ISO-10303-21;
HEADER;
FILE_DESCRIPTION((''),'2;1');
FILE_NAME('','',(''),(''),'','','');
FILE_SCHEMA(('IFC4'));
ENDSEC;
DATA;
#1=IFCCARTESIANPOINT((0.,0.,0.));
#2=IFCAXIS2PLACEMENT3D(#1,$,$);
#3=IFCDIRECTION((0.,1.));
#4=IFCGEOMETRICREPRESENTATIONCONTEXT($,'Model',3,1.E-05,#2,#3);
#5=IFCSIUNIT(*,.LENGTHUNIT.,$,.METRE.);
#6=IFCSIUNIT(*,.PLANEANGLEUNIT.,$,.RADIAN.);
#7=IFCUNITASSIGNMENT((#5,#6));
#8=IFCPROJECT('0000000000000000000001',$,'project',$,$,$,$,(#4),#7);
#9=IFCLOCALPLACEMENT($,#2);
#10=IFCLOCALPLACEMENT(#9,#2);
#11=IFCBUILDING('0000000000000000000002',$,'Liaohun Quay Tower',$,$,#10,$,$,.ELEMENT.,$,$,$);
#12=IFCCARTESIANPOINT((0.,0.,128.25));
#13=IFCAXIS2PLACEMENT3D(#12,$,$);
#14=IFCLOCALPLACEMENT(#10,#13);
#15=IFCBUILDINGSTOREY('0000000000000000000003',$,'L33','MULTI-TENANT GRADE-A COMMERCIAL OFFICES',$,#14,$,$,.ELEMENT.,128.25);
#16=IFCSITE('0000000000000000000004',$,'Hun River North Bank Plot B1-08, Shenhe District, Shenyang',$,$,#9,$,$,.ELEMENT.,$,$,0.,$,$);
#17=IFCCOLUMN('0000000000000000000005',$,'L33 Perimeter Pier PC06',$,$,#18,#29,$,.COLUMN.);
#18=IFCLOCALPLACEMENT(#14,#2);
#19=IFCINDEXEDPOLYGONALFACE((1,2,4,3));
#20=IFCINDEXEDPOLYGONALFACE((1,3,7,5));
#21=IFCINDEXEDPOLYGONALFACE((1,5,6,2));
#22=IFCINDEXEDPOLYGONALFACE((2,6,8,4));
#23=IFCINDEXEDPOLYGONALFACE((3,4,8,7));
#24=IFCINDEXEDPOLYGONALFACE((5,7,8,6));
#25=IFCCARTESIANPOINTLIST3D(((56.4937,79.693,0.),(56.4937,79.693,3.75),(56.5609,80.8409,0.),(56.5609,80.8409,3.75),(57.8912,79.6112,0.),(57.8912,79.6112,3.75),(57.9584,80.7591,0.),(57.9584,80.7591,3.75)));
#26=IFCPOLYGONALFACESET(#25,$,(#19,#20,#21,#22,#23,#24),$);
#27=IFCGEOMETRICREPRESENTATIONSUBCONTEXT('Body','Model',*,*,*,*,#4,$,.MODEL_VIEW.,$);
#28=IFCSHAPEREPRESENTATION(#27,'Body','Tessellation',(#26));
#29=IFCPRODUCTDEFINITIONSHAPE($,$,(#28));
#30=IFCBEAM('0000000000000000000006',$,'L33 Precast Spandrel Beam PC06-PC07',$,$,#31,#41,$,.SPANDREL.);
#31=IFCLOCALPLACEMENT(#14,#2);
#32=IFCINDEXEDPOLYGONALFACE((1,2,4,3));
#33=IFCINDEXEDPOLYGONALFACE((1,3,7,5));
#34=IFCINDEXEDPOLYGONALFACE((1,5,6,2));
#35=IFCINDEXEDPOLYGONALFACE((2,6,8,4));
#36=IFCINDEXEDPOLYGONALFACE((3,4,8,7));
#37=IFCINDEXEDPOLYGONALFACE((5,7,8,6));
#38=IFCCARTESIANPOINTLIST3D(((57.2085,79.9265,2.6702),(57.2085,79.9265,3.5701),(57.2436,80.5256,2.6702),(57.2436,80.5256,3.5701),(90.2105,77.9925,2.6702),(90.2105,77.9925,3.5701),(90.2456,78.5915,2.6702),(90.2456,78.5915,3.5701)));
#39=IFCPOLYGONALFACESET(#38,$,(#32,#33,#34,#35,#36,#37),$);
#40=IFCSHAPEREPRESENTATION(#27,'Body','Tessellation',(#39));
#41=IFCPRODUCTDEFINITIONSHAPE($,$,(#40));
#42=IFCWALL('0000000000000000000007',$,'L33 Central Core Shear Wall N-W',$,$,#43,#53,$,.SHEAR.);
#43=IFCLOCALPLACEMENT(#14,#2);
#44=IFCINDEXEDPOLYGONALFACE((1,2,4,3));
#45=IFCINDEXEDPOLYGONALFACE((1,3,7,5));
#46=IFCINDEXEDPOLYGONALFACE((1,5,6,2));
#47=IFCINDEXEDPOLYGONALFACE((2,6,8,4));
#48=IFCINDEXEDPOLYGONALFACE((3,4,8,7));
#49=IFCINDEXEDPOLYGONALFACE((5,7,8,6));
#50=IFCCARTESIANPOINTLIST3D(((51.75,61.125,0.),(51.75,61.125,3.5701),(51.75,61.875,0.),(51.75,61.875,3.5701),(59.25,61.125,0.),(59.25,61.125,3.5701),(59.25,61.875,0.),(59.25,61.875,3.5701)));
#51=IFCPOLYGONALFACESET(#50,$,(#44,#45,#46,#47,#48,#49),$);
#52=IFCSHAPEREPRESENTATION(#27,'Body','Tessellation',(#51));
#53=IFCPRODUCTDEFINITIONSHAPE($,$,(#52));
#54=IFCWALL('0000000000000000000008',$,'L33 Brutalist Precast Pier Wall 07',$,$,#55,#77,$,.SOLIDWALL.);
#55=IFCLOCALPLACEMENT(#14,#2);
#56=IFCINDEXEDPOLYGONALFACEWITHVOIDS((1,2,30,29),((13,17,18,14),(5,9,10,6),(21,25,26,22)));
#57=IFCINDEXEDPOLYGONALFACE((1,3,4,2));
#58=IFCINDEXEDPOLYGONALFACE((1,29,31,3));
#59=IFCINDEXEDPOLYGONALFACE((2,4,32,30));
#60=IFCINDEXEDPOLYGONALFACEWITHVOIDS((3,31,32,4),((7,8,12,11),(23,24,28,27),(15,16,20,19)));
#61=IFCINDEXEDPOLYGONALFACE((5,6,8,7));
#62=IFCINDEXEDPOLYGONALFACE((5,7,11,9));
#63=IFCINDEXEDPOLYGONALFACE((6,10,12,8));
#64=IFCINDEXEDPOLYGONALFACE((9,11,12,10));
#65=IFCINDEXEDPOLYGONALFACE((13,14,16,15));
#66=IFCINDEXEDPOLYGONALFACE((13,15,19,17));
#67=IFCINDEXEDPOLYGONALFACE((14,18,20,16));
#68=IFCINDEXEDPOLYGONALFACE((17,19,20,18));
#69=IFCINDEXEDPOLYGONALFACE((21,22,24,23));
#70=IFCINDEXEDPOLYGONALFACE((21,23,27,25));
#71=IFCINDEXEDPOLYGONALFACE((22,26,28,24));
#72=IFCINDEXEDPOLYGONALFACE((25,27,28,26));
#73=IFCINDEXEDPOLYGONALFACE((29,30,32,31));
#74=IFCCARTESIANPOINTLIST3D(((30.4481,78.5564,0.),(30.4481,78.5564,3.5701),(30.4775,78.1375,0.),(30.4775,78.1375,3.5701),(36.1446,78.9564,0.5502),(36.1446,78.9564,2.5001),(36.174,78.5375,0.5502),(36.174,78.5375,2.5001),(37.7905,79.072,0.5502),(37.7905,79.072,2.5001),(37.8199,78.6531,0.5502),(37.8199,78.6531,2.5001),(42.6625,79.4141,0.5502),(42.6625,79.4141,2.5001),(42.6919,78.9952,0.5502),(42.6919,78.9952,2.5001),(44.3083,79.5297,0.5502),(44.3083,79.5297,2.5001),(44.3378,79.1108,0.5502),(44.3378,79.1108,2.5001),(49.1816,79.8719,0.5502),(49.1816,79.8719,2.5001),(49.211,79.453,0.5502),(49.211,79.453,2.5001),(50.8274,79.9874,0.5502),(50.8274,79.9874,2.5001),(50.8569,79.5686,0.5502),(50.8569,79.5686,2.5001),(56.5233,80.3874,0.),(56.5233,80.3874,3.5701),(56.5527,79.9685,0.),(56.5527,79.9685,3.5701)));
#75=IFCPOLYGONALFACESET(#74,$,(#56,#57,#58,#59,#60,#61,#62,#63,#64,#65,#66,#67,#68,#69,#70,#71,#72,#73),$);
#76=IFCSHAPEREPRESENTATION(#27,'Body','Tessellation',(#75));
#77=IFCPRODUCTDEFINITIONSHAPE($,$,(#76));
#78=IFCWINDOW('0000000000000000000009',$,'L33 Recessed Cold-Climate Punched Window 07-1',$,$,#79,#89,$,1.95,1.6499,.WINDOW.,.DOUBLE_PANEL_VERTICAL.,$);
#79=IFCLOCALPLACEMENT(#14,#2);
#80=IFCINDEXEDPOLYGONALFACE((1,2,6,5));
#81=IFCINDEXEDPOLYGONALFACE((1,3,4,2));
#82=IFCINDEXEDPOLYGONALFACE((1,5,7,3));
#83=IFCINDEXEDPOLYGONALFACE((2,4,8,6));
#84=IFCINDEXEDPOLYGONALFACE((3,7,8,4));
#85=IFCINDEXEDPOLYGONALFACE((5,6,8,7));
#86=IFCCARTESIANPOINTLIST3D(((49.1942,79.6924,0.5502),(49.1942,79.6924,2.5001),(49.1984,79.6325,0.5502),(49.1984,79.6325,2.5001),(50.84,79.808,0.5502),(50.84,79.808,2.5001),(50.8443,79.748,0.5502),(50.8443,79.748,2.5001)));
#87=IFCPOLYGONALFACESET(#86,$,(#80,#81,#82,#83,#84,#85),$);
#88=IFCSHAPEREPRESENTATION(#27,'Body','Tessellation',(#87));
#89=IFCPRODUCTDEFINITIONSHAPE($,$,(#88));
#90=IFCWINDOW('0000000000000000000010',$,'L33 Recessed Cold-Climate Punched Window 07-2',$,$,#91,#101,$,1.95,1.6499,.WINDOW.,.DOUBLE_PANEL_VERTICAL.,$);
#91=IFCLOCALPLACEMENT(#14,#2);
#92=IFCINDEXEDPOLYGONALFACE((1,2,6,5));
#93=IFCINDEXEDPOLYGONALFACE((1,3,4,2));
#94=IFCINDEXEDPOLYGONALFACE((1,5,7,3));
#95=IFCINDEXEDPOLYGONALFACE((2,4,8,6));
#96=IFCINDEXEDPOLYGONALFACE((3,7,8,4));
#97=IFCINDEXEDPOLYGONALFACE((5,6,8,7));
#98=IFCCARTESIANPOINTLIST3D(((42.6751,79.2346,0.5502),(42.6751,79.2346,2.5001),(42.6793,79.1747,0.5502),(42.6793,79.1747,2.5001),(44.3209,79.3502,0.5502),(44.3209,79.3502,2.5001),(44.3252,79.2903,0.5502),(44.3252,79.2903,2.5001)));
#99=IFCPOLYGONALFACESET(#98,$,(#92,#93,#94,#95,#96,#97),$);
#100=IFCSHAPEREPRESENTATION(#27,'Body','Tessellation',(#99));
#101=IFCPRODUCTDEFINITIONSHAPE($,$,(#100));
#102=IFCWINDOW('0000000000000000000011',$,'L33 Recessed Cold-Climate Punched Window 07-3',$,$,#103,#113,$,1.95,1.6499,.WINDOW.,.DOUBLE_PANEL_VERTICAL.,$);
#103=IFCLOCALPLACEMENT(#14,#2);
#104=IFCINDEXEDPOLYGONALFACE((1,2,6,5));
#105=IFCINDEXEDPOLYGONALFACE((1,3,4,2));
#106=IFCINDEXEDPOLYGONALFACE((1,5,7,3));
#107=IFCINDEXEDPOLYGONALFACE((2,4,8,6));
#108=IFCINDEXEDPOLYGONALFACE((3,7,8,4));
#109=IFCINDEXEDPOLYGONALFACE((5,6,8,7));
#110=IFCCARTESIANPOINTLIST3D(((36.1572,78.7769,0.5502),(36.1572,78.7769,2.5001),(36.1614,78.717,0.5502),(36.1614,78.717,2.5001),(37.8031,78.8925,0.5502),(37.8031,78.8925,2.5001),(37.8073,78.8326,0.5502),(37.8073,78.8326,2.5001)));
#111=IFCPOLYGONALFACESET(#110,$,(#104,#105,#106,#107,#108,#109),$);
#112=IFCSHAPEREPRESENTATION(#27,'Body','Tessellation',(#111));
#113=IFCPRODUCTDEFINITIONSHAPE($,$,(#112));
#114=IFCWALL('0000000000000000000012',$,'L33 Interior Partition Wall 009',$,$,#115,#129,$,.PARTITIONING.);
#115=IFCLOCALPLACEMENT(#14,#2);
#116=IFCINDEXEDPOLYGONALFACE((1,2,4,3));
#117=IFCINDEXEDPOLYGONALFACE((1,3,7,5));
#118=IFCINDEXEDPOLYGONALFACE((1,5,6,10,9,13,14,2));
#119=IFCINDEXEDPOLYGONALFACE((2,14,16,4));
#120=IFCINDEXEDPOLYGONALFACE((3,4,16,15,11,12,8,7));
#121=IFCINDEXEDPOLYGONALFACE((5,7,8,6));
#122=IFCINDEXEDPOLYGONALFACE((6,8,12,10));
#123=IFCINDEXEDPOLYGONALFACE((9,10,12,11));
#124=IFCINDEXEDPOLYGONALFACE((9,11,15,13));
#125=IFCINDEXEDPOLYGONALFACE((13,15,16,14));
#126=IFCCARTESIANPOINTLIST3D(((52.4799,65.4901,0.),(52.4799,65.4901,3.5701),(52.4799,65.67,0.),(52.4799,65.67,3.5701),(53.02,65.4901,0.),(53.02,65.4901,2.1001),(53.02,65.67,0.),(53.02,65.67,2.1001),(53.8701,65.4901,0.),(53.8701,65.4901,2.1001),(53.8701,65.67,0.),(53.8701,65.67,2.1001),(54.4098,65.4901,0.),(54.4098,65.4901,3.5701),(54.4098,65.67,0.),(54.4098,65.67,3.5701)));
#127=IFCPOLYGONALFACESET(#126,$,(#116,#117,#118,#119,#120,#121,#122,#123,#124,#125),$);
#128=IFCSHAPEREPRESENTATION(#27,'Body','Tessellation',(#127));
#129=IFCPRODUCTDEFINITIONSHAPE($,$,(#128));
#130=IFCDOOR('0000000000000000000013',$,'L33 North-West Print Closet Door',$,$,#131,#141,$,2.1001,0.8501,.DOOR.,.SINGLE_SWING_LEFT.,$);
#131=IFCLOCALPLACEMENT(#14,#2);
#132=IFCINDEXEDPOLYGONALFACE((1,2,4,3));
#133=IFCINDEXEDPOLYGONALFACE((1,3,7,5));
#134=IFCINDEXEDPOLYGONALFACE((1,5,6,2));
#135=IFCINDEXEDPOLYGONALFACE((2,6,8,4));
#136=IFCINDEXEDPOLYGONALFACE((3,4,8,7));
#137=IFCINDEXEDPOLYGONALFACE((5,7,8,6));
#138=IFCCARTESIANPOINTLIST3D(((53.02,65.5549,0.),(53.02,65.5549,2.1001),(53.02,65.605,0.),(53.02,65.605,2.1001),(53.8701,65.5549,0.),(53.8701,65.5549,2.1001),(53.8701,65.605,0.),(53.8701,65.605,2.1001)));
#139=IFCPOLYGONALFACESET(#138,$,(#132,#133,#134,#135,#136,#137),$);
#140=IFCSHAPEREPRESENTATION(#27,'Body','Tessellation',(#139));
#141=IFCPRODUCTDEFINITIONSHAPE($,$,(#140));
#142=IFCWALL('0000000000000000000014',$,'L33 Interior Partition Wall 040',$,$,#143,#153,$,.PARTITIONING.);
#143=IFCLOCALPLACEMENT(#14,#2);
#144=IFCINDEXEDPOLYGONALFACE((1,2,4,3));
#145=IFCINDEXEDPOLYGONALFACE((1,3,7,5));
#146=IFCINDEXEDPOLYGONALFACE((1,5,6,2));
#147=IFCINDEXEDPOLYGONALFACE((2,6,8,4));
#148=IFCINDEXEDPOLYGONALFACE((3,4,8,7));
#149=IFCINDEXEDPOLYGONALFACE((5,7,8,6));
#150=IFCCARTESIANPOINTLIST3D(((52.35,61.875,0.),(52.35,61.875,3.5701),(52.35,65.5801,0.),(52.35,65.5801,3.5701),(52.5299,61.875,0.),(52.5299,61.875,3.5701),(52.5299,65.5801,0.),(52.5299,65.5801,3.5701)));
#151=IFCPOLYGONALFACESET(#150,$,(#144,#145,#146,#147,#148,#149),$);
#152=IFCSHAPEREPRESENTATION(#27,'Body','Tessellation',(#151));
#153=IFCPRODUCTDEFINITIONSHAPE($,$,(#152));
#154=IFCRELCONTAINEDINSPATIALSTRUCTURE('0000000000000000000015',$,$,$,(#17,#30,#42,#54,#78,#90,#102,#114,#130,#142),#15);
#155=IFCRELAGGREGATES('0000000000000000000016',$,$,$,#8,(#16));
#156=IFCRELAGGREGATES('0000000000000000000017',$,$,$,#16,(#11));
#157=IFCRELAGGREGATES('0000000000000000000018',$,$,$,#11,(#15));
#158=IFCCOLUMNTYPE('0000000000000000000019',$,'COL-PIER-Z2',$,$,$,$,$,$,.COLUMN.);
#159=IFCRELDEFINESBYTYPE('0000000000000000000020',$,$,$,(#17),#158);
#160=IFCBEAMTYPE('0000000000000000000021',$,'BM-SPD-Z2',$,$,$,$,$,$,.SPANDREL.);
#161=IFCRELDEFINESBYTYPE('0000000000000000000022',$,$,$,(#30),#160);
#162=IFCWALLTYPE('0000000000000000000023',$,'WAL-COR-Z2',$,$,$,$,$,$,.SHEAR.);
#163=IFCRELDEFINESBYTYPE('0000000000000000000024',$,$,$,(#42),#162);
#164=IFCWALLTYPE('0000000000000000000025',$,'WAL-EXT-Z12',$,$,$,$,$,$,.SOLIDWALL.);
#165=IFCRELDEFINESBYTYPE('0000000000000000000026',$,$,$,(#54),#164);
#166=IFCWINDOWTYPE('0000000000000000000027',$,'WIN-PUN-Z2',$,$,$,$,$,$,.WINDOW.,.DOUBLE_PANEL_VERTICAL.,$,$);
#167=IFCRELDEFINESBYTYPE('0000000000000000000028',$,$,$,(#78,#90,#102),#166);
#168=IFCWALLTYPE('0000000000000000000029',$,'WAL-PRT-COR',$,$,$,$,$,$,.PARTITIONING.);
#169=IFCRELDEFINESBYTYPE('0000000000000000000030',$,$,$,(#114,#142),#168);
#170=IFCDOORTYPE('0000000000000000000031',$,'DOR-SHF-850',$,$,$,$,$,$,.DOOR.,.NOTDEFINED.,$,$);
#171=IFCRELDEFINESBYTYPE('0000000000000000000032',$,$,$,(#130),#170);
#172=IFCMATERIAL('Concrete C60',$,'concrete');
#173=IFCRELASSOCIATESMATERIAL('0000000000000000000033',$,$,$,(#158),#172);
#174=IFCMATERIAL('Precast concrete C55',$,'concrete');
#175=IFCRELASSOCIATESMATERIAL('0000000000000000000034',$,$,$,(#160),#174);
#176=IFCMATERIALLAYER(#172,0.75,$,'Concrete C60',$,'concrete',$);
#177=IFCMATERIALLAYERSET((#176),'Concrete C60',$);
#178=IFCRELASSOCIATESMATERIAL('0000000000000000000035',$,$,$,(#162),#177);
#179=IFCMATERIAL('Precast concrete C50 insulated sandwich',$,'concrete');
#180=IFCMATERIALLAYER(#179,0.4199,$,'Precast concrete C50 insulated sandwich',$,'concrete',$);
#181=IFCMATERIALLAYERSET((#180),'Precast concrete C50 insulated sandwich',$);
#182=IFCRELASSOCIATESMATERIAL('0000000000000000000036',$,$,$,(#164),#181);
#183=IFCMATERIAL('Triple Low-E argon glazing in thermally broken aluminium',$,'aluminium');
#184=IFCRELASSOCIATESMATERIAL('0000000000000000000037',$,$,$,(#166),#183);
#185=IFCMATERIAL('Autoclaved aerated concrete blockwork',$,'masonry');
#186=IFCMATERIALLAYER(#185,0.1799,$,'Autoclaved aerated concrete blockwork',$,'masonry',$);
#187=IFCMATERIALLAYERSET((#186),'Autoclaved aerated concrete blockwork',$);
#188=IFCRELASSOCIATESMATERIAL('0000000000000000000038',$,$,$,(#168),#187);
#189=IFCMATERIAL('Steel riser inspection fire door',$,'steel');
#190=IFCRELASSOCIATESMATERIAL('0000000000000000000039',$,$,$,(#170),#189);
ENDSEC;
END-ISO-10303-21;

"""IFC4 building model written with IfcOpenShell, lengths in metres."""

from ifc_helpers import new_model, si_unit, direction, frame, frame_2d, origin, origin_2d, place, context, subcontext, project, spatial, rectangle, extrude, source, transform, mapped, material, layer, layer_set, material_profile, profile_set, type_object, element, fill, save


model = new_model("IFC4")

# Units and contexts
model_context = context("Model", 3, precision=1e-05, world=origin(), true_north=direction((0.0, 1.0)))
body_context = subcontext(model_context, "Body", "Model", "MODEL_VIEW")
ifc_project = project(units=[si_unit("LENGTHUNIT", "METRE"), si_unit("PLANEANGLEUNIT", "RADIAN")], contexts=[model_context])

# Site, building, storey
site_placement = place(None, origin())
site = spatial("IfcSite", under=ifc_project, at=site_placement, Name="Hun River North Bank Plot B1-08, Shenhe District, Shenyang", CompositionType="ELEMENT", RefElevation=0.0)
building_placement = place(site_placement, origin())
building = spatial("IfcBuilding", under=site, at=building_placement, Name="Liaohun Quay Tower", CompositionType="ELEMENT")
storey_placement = place(building_placement, frame((0.0, 0.0, 128.25)))
storey = spatial("IfcBuildingStorey", under=building, at=storey_placement, Name="L33", Description="MULTI-TENANT GRADE-A COMMERCIAL OFFICES", CompositionType="ELEMENT", Elevation=128.25)

# Column
ifc_material_1 = material(Name="Concrete C60", Category="concrete")
ifc_material_profile_1 = material_profile(ifc_material_1, rectangle(XDim=1.3999, YDim=1.1499, at=origin_2d()), Name="RC1400x1150")
ifc_profile_set_1 = profile_set([ifc_material_profile_1], Name="Concrete C60")
column_type = type_object("IfcColumnType", Name="COL-PIER-Z2", PredefinedType="COLUMN", material=ifc_profile_set_1)
shared_shape_1 = source(origin(), body_context, "Body", "SweptSolid", [
    extrude(rectangle(XDim=1.3999, YDim=1.1499, at=origin_2d()), origin(), (0.0, 0.0, 1.0), 3.75),
])
column_placement = place(storey_placement, frame((57.2261, 80.2261, 0.0), z_axis=(0.0, 0.0, 1.0), x_axis=(-0.998291, 0.058435, 0.0)))
element("IfcColumn", 1, at=column_placement, inside=storey, type_object=column_type, Name="L33 Perimeter Pier PC06", PredefinedType="COLUMN", context=body_context, shape_type="MappedRepresentation", body=[
    mapped(shared_shape_1, transform((0.0, 0.0, 0.0), x_axis=(1.0, 0.0, 0.0), y_axis=(0.0, 1.0, 0.0), z_axis=(0.0, 0.0, 1.0), scale=1.0)),
])

# Beam
ifc_material_2 = material(Name="Precast concrete C55", Category="concrete")
ifc_material_profile_2 = material_profile(ifc_material_2, rectangle(XDim=0.6001, YDim=0.8999, at=origin_2d()), Name="RC600x900")
ifc_profile_set_2 = profile_set([ifc_material_profile_2], Name="Precast concrete C55")
beam_type = type_object("IfcBeamType", Name="BM-SPD-Z2", PredefinedType="SPANDREL", material=ifc_profile_set_2)
shared_shape_2 = source(origin(), body_context, "Body", "SweptSolid", [
    extrude(rectangle(XDim=0.6001, YDim=0.8999, at=origin_2d()), origin(), (0.0, 0.0, 1.0), 33.0586),
])
beam_placement = place(storey_placement, frame((57.2261, 80.2261, 3.1201), z_axis=(0.998287, -0.058505, 0.0), x_axis=(0.058505, 0.998287, 0.0)))
element("IfcBeam", 2, at=beam_placement, inside=storey, type_object=beam_type, Name="L33 Precast Spandrel Beam PC06-PC07", PredefinedType="SPANDREL", context=body_context, shape_type="MappedRepresentation", body=[
    mapped(shared_shape_2, transform((0.0, 0.0, 0.0), x_axis=(1.0, 0.0, 0.0), y_axis=(0.0, 1.0, 0.0), z_axis=(0.0, 0.0, 1.0), scale=1.0)),
])

# Wall
ifc_layer_1 = layer(ifc_material_1, 0.75, Name="Concrete C60", Category="concrete")
ifc_layer_set_1 = layer_set([ifc_layer_1], Name="Concrete C60")
wall_type_1 = type_object("IfcWallType", Name="WAL-COR-Z2", PredefinedType="SHEAR", material=ifc_layer_set_1)
wall_1_placement = place(storey_placement, frame((51.75, 61.5, 0.0), z_axis=(0.0, 0.0, 1.0), x_axis=(1.0, 0.0, 0.0)))
element("IfcWall", 3, at=wall_1_placement, inside=storey, type_object=wall_type_1, Name="L33 Central Core Shear Wall N-W", PredefinedType="SHEAR", context=body_context, shape_type="SweptSolid", body=[
    extrude(rectangle(XDim=7.5, YDim=0.75, at=frame_2d((3.75, 0.0))), origin(), (0.0, 0.0, 1.0), 3.5701),
])

# Wall, openings, windows
ifc_material_3 = material(Name="Precast concrete C50 insulated sandwich", Category="concrete")
ifc_layer_2 = layer(ifc_material_3, 0.4199, Name="Precast concrete C50 insulated sandwich", Category="concrete")
ifc_layer_set_2 = layer_set([ifc_layer_2], Name="Precast concrete C50 insulated sandwich")
wall_type_2 = type_object("IfcWallType", Name="WAL-EXT-Z12", PredefinedType="SOLIDWALL", material=ifc_layer_set_2)
wall_2_placement = place(storey_placement, frame((56.5381, 80.178, 0.0), z_axis=(0.0, 0.0, 1.0), x_axis=(-0.997544, -0.07005, 0.0)))
wall_2 = element("IfcWall", 4, at=wall_2_placement, inside=storey, type_object=wall_type_2, Name="L33 Brutalist Precast Pier Wall 07", PredefinedType="SOLIDWALL", context=body_context, shape_type="SweptSolid", body=[
    extrude(rectangle(XDim=26.1394, YDim=0.4199, at=frame_2d((13.0698, 0.0))), origin(), (0.0, 0.0, 1.0), 3.5701),
])
shared_shape_3 = source(origin(), body_context, "Body", "SweptSolid", [
    extrude(rectangle(XDim=1.6499, YDim=1.95, at=frame_2d((0.825, 0.9751))), frame((0.0, 0.22, 0.0), z_axis=(0.0, -1.0, 0.0), x_axis=(1.0, 0.0, 0.0)), (0.0, 0.0, 1.0), 0.4399),
])
opening_1_placement = place(wall_2_placement, frame((5.71, 0.0, 0.55)))
opening_1 = element("IfcOpeningElement", 5, at=opening_1_placement, cuts=wall_2, PredefinedType="OPENING", context=body_context, shape_type="MappedRepresentation", body=[
    mapped(shared_shape_3, transform((0.0, 0.0, 0.0), x_axis=(1.0, 0.0, 0.0), y_axis=(0.0, 1.0, 0.0), z_axis=(0.0, 0.0, 1.0), scale=1.0)),
])
opening_2_placement = place(wall_2_placement, frame((12.2451, 0.0, 0.55)))
opening_2 = element("IfcOpeningElement", 6, at=opening_2_placement, cuts=wall_2, PredefinedType="OPENING", context=body_context, shape_type="MappedRepresentation", body=[
    mapped(shared_shape_3, transform((0.0, 0.0, 0.0), x_axis=(1.0, 0.0, 0.0), y_axis=(0.0, 1.0, 0.0), z_axis=(0.0, 0.0, 1.0), scale=1.0)),
])
opening_3_placement = place(wall_2_placement, frame((18.7791, 0.0, 0.55)))
opening_3 = element("IfcOpeningElement", 7, at=opening_3_placement, cuts=wall_2, PredefinedType="OPENING", context=body_context, shape_type="MappedRepresentation", body=[
    mapped(shared_shape_3, transform((0.0, 0.0, 0.0), x_axis=(1.0, 0.0, 0.0), y_axis=(0.0, 1.0, 0.0), z_axis=(0.0, 0.0, 1.0), scale=1.0)),
])
ifc_material_4 = material(Name="Triple Low-E argon glazing in thermally broken aluminium", Category="aluminium")
window_type = type_object("IfcWindowType", Name="WIN-PUN-Z2", PartitioningType="DOUBLE_PANEL_VERTICAL", PredefinedType="WINDOW", material=ifc_material_4)
shared_shape_4 = source(origin(), body_context, "Body", "SweptSolid", [
    extrude(rectangle(XDim=1.6499, YDim=1.95, at=frame_2d((0.825, 0.9751))), frame((0.0, 0.03, 0.0), z_axis=(0.0, -1.0, 0.0), x_axis=(1.0, 0.0, 0.0)), (0.0, 0.0, 1.0), 0.0601),
])
window_1_placement = place(opening_1_placement, origin())
window_1 = element("IfcWindow", 8, at=window_1_placement, inside=storey, type_object=window_type, Name="L33 Recessed Cold-Climate Punched Window 07-1", OverallHeight=1.95, OverallWidth=1.6499, PartitioningType="DOUBLE_PANEL_VERTICAL", PredefinedType="WINDOW", context=body_context, shape_type="MappedRepresentation", body=[
    mapped(shared_shape_4, transform((0.0, 0.0, 0.0), x_axis=(1.0, 0.0, 0.0), y_axis=(0.0, 1.0, 0.0), z_axis=(0.0, 0.0, 1.0), scale=1.0)),
])
fill(opening_1, window_1)
window_2_placement = place(opening_2_placement, origin())
window_2 = element("IfcWindow", 9, at=window_2_placement, inside=storey, type_object=window_type, Name="L33 Recessed Cold-Climate Punched Window 07-2", OverallHeight=1.95, OverallWidth=1.6499, PartitioningType="DOUBLE_PANEL_VERTICAL", PredefinedType="WINDOW", context=body_context, shape_type="MappedRepresentation", body=[
    mapped(shared_shape_4, transform((0.0, 0.0, 0.0), x_axis=(1.0, 0.0, 0.0), y_axis=(0.0, 1.0, 0.0), z_axis=(0.0, 0.0, 1.0), scale=1.0)),
])
fill(opening_2, window_2)
window_3_placement = place(opening_3_placement, origin())
window_3 = element("IfcWindow", 10, at=window_3_placement, inside=storey, type_object=window_type, Name="L33 Recessed Cold-Climate Punched Window 07-3", OverallHeight=1.95, OverallWidth=1.6499, PartitioningType="DOUBLE_PANEL_VERTICAL", PredefinedType="WINDOW", context=body_context, shape_type="MappedRepresentation", body=[
    mapped(shared_shape_4, transform((0.0, 0.0, 0.0), x_axis=(1.0, 0.0, 0.0), y_axis=(0.0, 1.0, 0.0), z_axis=(0.0, 0.0, 1.0), scale=1.0)),
])
fill(opening_3, window_3)

# Wall, opening, door
ifc_material_5 = material(Name="Autoclaved aerated concrete blockwork", Category="masonry")
ifc_layer_3 = layer(ifc_material_5, 0.1799, Name="Autoclaved aerated concrete blockwork", Category="masonry")
ifc_layer_set_3 = layer_set([ifc_layer_3], Name="Autoclaved aerated concrete blockwork")
wall_type_3 = type_object("IfcWallType", Name="WAL-PRT-COR", PredefinedType="PARTITIONING", material=ifc_layer_set_3)
wall_3_placement = place(storey_placement, frame((52.48, 65.5801, 0.0), z_axis=(0.0, 0.0, 1.0), x_axis=(1.0, 0.0, 0.0)))
wall_3 = element("IfcWall", 11, at=wall_3_placement, inside=storey, type_object=wall_type_3, Name="L33 Interior Partition Wall 009", PredefinedType="PARTITIONING", context=body_context, shape_type="SweptSolid", body=[
    extrude(rectangle(XDim=1.9299, YDim=0.1799, at=frame_2d((0.9648, 0.0))), origin(), (0.0, 0.0, 1.0), 3.5701),
])
shared_shape_5 = source(origin(), body_context, "Body", "SweptSolid", [
    extrude(rectangle(XDim=0.8501, YDim=2.1001, at=frame_2d((0.425, 1.05))), frame((0.0, 0.0999, 0.0), z_axis=(0.0, -1.0, 0.0), x_axis=(1.0, 0.0, 0.0)), (0.0, 0.0, 1.0), 0.2),
])
opening_4_placement = place(wall_3_placement, frame((0.54, 0.0, 0.0)))
opening_4 = element("IfcOpeningElement", 12, at=opening_4_placement, cuts=wall_3, PredefinedType="OPENING", context=body_context, shape_type="MappedRepresentation", body=[
    mapped(shared_shape_5, transform((0.0, 0.0, 0.0), x_axis=(1.0, 0.0, 0.0), y_axis=(0.0, 1.0, 0.0), z_axis=(0.0, 0.0, 1.0), scale=1.0)),
])
ifc_material_6 = material(Name="Steel riser inspection fire door", Category="steel")
door_type_1 = type_object("IfcDoorType", Name="DOR-SHF-850", OperationType="NOTDEFINED", PredefinedType="DOOR", material=ifc_material_6)
shared_shape_6 = source(origin(), body_context, "Body", "SweptSolid", [
    extrude(rectangle(XDim=0.8501, YDim=2.1001, at=frame_2d((0.425, 1.05))), frame((0.0, 0.0249, 0.0), z_axis=(0.0, -1.0, 0.0), x_axis=(1.0, 0.0, 0.0)), (0.0, 0.0, 1.0), 0.05),
])
door_1_placement = place(opening_4_placement, origin())
door_1 = element("IfcDoor", 13, at=door_1_placement, inside=storey, type_object=door_type_1, Name="L33 North-West Print Closet Door", OperationType="SINGLE_SWING_LEFT", OverallHeight=2.1001, OverallWidth=0.8501, PredefinedType="DOOR", context=body_context, shape_type="MappedRepresentation", body=[
    mapped(shared_shape_6, transform((0.0, 0.0, 0.0), x_axis=(1.0, 0.0, 0.0), y_axis=(0.0, 1.0, 0.0), z_axis=(0.0, 0.0, 1.0), scale=1.0)),
])
fill(opening_4, door_1)

# Wall
wall_4_placement = place(storey_placement, frame((52.4399, 61.875, 0.0), z_axis=(0.0, 0.0, 1.0), x_axis=(0.0, 1.0, 0.0)))
element("IfcWall", 14, at=wall_4_placement, inside=storey, type_object=wall_type_3, Name="L33 Interior Partition Wall 040", PredefinedType="PARTITIONING", context=body_context, shape_type="SweptSolid", body=[
    extrude(rectangle(XDim=3.7051, YDim=0.1799, at=frame_2d((1.8525, 0.0))), origin(), (0.0, 0.0, 1.0), 3.5701),
])

save(model, "model.ifc")
